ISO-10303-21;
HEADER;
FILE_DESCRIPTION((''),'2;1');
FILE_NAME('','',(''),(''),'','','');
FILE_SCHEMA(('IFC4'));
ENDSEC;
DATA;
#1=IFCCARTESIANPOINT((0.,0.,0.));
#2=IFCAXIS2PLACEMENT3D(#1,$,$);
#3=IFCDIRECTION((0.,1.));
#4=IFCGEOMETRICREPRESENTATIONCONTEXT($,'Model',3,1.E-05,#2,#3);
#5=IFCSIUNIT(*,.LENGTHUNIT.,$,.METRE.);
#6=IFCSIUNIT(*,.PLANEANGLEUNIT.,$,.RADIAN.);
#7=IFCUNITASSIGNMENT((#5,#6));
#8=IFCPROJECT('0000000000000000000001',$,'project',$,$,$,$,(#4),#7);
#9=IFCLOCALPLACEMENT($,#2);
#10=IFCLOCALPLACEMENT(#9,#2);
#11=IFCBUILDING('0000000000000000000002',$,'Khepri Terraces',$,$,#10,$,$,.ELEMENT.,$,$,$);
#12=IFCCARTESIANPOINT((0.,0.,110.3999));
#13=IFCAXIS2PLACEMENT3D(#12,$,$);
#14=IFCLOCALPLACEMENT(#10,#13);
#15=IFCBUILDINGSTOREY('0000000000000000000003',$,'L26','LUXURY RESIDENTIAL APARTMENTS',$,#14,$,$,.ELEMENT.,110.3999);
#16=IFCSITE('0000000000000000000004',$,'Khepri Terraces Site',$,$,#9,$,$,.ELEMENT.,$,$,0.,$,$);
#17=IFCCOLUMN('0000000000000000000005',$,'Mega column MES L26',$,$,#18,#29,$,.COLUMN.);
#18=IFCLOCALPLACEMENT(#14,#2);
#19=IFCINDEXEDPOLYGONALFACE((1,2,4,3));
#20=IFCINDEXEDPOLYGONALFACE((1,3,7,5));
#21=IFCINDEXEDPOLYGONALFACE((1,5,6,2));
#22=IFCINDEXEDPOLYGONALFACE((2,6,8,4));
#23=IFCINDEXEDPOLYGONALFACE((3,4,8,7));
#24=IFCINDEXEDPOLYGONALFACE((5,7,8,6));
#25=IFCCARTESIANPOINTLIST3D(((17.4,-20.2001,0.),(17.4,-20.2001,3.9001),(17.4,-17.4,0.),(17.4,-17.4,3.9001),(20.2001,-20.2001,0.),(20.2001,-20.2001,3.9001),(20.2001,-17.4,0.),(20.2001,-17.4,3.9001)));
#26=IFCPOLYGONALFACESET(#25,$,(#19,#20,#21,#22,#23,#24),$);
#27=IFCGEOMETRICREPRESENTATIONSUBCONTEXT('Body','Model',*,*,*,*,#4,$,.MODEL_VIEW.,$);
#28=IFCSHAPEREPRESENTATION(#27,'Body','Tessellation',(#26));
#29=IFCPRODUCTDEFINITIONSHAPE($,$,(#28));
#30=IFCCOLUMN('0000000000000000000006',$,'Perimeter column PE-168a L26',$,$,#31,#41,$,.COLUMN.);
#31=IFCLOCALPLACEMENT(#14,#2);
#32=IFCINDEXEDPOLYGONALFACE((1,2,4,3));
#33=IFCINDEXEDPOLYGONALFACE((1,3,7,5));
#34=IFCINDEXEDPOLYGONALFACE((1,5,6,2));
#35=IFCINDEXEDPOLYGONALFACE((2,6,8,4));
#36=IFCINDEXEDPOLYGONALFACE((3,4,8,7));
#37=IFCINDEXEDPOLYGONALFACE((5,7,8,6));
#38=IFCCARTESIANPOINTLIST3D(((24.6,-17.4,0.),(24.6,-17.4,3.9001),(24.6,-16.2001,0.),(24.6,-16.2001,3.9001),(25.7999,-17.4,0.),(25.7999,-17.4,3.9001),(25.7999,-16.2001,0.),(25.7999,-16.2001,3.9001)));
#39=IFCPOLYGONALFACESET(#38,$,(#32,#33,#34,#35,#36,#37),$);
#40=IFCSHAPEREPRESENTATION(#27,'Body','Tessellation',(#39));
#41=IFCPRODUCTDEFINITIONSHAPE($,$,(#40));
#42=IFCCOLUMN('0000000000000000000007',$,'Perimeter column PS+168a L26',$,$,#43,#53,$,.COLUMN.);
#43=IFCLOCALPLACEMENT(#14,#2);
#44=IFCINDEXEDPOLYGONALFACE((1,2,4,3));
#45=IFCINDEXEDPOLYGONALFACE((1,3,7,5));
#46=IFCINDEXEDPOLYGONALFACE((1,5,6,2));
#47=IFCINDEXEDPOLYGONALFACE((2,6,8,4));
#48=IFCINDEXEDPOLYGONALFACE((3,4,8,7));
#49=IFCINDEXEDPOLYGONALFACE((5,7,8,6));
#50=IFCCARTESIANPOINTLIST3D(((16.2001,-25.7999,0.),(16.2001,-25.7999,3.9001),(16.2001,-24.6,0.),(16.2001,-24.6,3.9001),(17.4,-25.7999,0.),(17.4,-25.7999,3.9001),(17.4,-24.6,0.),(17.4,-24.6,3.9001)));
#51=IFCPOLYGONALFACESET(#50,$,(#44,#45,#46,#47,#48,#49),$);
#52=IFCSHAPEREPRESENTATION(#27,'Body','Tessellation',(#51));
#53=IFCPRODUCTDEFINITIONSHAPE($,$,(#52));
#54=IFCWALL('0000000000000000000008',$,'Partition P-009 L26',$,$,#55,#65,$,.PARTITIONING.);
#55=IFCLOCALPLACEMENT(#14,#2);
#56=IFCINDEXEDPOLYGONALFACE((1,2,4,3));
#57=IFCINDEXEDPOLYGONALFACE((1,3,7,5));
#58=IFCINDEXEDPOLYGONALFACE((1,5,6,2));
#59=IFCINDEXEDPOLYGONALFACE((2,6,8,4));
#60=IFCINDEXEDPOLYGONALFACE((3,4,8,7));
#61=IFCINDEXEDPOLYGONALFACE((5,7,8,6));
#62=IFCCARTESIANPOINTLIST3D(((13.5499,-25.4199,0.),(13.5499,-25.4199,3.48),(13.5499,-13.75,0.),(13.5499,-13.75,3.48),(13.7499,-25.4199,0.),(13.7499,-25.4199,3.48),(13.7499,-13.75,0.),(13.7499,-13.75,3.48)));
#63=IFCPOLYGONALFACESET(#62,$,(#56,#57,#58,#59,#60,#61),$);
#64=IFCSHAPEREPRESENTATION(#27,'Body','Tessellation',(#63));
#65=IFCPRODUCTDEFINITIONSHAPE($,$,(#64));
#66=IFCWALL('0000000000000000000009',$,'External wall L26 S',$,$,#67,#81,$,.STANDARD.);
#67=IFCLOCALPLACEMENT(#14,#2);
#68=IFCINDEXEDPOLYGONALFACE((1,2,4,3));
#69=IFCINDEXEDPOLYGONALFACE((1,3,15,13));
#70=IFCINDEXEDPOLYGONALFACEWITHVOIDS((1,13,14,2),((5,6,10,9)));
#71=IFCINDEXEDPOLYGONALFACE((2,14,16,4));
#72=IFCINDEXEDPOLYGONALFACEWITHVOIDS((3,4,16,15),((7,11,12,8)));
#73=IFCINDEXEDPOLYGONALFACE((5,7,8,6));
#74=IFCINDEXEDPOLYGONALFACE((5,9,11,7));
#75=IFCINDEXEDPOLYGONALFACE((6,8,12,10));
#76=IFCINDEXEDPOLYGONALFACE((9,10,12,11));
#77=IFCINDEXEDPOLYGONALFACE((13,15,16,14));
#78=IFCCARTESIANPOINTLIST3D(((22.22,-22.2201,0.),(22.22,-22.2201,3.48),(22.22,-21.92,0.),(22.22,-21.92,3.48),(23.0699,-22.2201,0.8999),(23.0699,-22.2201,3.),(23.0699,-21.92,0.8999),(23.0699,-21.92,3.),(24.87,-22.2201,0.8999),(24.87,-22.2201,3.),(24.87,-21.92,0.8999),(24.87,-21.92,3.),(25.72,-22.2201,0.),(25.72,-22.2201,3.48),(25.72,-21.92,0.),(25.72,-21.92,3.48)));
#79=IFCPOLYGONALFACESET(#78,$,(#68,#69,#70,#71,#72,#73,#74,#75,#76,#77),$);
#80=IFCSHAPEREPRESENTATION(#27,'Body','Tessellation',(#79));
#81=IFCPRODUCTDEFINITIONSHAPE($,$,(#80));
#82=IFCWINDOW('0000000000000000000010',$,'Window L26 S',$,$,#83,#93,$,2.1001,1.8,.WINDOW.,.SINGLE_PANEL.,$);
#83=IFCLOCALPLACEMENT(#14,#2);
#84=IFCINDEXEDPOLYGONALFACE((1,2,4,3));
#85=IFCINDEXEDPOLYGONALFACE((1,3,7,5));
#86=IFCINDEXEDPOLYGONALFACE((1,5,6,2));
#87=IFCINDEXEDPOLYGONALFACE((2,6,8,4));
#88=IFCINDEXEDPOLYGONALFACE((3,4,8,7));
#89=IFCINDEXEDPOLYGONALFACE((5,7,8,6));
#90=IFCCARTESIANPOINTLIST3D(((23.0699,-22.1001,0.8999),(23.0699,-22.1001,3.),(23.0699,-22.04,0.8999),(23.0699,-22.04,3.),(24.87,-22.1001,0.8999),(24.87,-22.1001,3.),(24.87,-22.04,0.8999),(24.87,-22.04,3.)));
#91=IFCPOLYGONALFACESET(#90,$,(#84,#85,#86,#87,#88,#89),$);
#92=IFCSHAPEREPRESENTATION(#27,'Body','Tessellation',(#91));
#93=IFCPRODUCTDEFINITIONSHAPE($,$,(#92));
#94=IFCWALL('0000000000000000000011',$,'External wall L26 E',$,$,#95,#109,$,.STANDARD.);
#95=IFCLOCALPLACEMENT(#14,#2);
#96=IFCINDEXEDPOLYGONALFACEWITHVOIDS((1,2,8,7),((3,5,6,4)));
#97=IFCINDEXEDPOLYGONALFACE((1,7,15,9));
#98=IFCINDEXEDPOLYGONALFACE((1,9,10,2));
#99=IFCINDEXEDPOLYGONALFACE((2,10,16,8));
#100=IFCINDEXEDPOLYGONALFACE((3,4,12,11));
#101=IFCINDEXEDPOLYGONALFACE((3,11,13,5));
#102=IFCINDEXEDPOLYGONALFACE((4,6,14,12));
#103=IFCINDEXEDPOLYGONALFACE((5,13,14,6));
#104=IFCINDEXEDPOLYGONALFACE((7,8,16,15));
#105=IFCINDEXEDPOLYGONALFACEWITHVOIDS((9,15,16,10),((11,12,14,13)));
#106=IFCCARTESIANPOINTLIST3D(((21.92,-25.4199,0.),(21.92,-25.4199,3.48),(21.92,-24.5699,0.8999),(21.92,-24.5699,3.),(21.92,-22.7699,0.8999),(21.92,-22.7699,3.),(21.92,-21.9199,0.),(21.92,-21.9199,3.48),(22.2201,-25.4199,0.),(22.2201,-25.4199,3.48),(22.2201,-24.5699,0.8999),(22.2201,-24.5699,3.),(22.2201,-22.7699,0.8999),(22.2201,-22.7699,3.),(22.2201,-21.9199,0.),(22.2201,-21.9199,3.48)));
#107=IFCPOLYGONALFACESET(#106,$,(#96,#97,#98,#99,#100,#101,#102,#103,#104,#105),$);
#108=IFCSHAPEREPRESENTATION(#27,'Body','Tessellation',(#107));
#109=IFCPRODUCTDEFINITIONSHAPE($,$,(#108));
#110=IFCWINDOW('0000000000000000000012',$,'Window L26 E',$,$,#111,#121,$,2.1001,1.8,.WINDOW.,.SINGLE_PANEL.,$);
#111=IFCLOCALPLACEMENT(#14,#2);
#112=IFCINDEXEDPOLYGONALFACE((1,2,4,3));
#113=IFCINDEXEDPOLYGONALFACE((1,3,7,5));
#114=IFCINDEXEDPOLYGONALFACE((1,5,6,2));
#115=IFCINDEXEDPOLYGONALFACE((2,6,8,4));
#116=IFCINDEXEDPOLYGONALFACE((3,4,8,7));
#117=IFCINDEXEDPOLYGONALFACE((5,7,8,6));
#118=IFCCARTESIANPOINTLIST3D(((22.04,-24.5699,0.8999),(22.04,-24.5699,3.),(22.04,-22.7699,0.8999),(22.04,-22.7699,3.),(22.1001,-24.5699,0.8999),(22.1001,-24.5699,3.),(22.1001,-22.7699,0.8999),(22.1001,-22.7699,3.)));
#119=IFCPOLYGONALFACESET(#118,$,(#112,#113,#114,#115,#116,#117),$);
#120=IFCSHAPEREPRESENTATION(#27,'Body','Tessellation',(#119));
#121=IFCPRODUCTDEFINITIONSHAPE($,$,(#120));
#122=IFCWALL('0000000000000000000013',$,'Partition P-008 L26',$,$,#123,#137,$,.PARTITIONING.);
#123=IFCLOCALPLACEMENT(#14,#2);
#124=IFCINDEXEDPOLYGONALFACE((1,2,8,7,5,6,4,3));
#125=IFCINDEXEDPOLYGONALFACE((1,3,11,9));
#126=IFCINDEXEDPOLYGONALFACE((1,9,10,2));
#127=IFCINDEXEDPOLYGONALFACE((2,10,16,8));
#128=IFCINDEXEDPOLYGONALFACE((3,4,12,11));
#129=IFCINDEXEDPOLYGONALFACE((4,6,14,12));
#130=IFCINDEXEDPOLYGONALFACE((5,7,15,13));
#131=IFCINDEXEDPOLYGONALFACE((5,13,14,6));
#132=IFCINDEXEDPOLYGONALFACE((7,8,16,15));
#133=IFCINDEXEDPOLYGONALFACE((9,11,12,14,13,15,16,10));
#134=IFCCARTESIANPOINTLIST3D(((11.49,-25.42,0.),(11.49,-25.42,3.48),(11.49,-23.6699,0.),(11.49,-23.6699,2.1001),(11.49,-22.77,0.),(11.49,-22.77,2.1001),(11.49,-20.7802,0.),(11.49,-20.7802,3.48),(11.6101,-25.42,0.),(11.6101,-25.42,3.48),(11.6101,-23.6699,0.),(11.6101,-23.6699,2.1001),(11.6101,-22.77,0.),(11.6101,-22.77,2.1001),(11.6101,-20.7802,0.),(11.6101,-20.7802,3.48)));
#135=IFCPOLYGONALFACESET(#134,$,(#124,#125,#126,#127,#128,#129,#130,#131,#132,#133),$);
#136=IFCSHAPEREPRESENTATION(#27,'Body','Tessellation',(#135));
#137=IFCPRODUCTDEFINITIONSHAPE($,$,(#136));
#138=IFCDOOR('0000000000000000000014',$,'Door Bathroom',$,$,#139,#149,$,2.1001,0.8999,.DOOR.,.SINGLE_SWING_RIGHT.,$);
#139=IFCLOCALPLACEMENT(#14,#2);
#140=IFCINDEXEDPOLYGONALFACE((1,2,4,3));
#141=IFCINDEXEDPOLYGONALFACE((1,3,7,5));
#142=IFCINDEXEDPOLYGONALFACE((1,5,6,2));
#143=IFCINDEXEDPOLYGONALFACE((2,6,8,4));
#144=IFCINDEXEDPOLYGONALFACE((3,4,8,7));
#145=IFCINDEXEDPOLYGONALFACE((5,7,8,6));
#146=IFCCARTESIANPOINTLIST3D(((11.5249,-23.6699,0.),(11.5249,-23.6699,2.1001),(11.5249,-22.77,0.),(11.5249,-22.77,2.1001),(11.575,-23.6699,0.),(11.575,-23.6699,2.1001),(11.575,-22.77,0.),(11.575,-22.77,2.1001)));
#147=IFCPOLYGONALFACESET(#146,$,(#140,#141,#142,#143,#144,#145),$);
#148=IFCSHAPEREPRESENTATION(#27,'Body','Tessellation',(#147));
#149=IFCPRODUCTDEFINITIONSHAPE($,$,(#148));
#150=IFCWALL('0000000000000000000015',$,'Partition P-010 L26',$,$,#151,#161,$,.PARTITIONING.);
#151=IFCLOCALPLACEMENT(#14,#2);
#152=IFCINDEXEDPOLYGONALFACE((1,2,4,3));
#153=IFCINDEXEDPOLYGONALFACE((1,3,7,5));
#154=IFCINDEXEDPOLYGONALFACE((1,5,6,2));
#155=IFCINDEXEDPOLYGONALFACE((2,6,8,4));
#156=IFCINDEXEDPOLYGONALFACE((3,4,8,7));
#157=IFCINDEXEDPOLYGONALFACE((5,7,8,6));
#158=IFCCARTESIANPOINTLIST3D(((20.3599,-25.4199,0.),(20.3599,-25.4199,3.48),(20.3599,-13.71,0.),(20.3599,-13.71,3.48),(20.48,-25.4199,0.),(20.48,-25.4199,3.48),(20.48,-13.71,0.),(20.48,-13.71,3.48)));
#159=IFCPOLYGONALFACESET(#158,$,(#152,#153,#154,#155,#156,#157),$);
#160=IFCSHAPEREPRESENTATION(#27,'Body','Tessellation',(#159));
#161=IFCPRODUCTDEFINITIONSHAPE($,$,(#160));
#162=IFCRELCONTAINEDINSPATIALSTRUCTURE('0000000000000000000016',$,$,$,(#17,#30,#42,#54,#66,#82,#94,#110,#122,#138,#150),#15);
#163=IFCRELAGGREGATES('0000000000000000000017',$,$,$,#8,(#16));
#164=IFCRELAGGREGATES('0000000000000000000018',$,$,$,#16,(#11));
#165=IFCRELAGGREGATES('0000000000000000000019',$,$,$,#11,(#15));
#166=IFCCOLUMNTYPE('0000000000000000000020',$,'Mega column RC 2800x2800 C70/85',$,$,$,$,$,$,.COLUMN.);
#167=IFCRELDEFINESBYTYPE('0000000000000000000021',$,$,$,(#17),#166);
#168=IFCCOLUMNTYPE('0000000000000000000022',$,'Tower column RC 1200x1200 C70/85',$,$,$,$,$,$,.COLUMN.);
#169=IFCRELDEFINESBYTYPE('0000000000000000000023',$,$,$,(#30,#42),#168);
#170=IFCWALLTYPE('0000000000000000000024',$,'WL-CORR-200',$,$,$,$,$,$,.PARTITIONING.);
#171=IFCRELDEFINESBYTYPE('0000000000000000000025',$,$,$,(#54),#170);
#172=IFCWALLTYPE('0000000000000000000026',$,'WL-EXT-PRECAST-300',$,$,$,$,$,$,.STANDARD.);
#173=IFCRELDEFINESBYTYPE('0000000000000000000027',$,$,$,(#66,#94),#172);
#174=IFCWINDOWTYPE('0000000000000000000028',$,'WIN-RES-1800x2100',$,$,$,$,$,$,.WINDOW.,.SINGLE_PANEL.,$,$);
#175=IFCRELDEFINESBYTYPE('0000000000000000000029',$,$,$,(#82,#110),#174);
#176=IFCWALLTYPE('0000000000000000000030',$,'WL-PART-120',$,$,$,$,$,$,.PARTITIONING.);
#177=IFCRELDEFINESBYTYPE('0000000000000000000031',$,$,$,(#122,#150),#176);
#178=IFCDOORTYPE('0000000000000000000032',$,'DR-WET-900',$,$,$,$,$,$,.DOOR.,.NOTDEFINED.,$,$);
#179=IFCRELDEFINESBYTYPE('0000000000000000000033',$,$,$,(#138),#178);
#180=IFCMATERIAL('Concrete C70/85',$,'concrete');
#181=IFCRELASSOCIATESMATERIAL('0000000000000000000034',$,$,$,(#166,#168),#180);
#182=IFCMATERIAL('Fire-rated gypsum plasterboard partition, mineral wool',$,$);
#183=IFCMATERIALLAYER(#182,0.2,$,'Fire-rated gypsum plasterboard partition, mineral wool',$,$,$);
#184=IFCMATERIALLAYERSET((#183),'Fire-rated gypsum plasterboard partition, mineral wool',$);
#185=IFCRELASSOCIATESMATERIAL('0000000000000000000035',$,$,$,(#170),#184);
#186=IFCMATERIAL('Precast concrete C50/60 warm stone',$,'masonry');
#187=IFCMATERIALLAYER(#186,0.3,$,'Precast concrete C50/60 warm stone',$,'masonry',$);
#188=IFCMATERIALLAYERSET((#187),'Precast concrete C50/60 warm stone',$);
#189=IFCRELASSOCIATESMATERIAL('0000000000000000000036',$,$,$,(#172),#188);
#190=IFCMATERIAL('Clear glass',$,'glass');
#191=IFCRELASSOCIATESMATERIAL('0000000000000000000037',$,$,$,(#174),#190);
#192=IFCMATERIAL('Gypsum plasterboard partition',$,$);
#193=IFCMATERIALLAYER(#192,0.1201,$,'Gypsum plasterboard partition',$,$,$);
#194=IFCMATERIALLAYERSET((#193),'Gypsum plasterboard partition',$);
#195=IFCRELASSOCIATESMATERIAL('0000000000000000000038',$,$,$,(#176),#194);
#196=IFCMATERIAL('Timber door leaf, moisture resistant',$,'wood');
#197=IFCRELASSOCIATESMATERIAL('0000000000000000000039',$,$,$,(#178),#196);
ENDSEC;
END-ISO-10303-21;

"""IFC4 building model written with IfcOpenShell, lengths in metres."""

from ifc_helpers import new_model, si_unit, direction, frame, frame_2d, origin, origin_2d, place, context, subcontext, project, spatial, rectangle, extrude, material, layer, layer_set, material_profile, profile_set, type_object, element, fill, save


model = new_model("IFC4")

# Units and contexts
model_context = context("Model", 3, precision=1e-05, world=origin(), true_north=direction((0.0, 1.0)))
body_context = subcontext(model_context, "Body", "Model", "MODEL_VIEW")
ifc_project = project(units=[si_unit("LENGTHUNIT", "METRE"), si_unit("PLANEANGLEUNIT", "RADIAN")], contexts=[model_context])

# Site, building, storey
site_placement = place(None, origin())
site = spatial("IfcSite", under=ifc_project, at=site_placement, Name="Khepri Terraces Site", CompositionType="ELEMENT", RefElevation=0.0)
building_placement = place(site_placement, origin())
building = spatial("IfcBuilding", under=site, at=building_placement, Name="Khepri Terraces", CompositionType="ELEMENT")
storey_placement = place(building_placement, frame((0.0, 0.0, 110.3999)))
storey = spatial("IfcBuildingStorey", under=building, at=storey_placement, Name="L26", Description="LUXURY RESIDENTIAL APARTMENTS", CompositionType="ELEMENT", Elevation=110.3999)

# Columns
ifc_material_1 = material(Name="Concrete C70/85", Category="concrete")
ifc_material_profile_1 = material_profile(ifc_material_1, rectangle(XDim=2.8, YDim=2.8, at=origin_2d()), Name="Concrete C70/85", Category="concrete")
ifc_profile_set_1 = profile_set([ifc_material_profile_1], Name="Concrete C70/85")
column_type_1 = type_object("IfcColumnType", Name="Mega column RC 2800x2800 C70/85", PredefinedType="COLUMN", material=ifc_profile_set_1)
column_placement = place(storey_placement, frame((18.8, -18.8, 0.0), z_axis=(0.0, 0.0, 1.0), x_axis=(1.0, 0.0, 0.0)))
element("IfcColumn", 1, at=column_placement, inside=storey, type_object=column_type_1, Name="Mega column MES L26", PredefinedType="COLUMN", context=body_context, shape_type="SweptSolid", body=[
    extrude(rectangle(XDim=2.8, YDim=2.8, at=origin_2d()), origin(), (0.0, 0.0, 1.0), 3.9001),
])
ifc_material_profile_2 = material_profile(ifc_material_1, rectangle(XDim=1.2, YDim=1.2, at=origin_2d()), Name="Concrete C70/85", Category="concrete")
ifc_profile_set_2 = profile_set([ifc_material_profile_2], Name="Concrete C70/85")
column_type_2 = type_object("IfcColumnType", Name="Tower column RC 1200x1200 C70/85", PredefinedType="COLUMN", material=ifc_profile_set_2)
for number, where, z_axis, x_axis, name in (
    (2, (25.2, -16.8, 0.0), (0.0, 0.0, 1.0), (1.0, 0.0, 0.0), "Perimeter column PE-168a L26"),
    (3, (16.8, -25.2, 0.0), (0.0, 0.0, 1.0), (1.0, 0.0, 0.0), "Perimeter column PS+168a L26"),
):
    element("IfcColumn", number, at=place(storey_placement, frame(where, z_axis=z_axis, x_axis=x_axis)), inside=storey, type_object=column_type_2, Name=name, PredefinedType="COLUMN", context=body_context, shape_type="SweptSolid", body=[
        extrude(rectangle(XDim=1.2, YDim=1.2, at=origin_2d()), origin(), (0.0, 0.0, 1.0), 3.9001),
    ])

# Wall
ifc_material_2 = material(Name="Fire-rated gypsum plasterboard partition, mineral wool")
ifc_layer_1 = layer(ifc_material_2, 0.2, Name="Fire-rated gypsum plasterboard partition, mineral wool")
ifc_layer_set_1 = layer_set([ifc_layer_1], Name="Fire-rated gypsum plasterboard partition, mineral wool")
wall_type_1 = type_object("IfcWallType", Name="WL-CORR-200", PredefinedType="PARTITIONING", material=ifc_layer_set_1)
wall_1_placement = place(storey_placement, frame((13.6499, -25.4199, 0.0), z_axis=(0.0, 0.0, 1.0), x_axis=(0.0, 1.0, 0.0)))
element("IfcWall", 4, at=wall_1_placement, inside=storey, type_object=wall_type_1, Name="Partition P-009 L26", PredefinedType="PARTITIONING", context=body_context, shape_type="SweptSolid", body=[
    extrude(rectangle(XDim=11.6699, YDim=0.2, at=frame_2d((5.835, 0.0))), origin(), (0.0, 0.0, 1.0), 3.48),
])

# Wall, opening, window
ifc_material_3 = material(Name="Precast concrete C50/60 warm stone", Category="masonry")
ifc_layer_2 = layer(ifc_material_3, 0.3, Name="Precast concrete C50/60 warm stone", Category="masonry")
ifc_layer_set_2 = layer_set([ifc_layer_2], Name="Precast concrete C50/60 warm stone")
wall_type_2 = type_object("IfcWallType", Name="WL-EXT-PRECAST-300", PredefinedType="STANDARD", material=ifc_layer_set_2)
wall_2_placement = place(storey_placement, frame((22.22, -22.0701, 0.0), z_axis=(0.0, 0.0, 1.0), x_axis=(1.0, 0.0, 0.0)))
wall_2 = element("IfcWall", 5, at=wall_2_placement, inside=storey, type_object=wall_type_2, Name="External wall L26 S", PredefinedType="STANDARD", context=body_context, shape_type="SweptSolid", body=[
    extrude(rectangle(XDim=3.5, YDim=0.3, at=frame_2d((1.75, 0.0))), origin(), (0.0, 0.0, 1.0), 3.48),
])
opening_1_placement = place(wall_2_placement, frame((0.8501, 0.0, 0.8999)))
opening_1 = element("IfcOpeningElement", 6, at=opening_1_placement, cuts=wall_2, PredefinedType="OPENING", context=body_context, shape_type="SweptSolid", body=[
    extrude(rectangle(XDim=1.8, YDim=2.1001, at=frame_2d((0.8999, 1.05))), frame((0.0, 0.1602, 0.0), z_axis=(0.0, -1.0, 0.0), x_axis=(1.0, 0.0, 0.0)), (0.0, 0.0, 1.0), 0.3201),
])
ifc_material_4 = material(Name="Clear glass", Category="glass")
window_type = type_object("IfcWindowType", Name="WIN-RES-1800x2100", PartitioningType="SINGLE_PANEL", PredefinedType="WINDOW", material=ifc_material_4)
window_1_placement = place(opening_1_placement, origin())
window_1 = element("IfcWindow", 7, at=window_1_placement, inside=storey, type_object=window_type, Name="Window L26 S", OverallHeight=2.1001, OverallWidth=1.8, PartitioningType="SINGLE_PANEL", PredefinedType="WINDOW", context=body_context, shape_type="SweptSolid", body=[
    extrude(rectangle(XDim=1.8, YDim=2.1001, at=frame_2d((0.8999, 1.05))), frame((0.0, 0.03, 0.0), z_axis=(0.0, -1.0, 0.0), x_axis=(1.0, 0.0, 0.0)), (0.0, 0.0, 1.0), 0.0601),
])
fill(opening_1, window_1)

# Wall, opening, window
wall_3_placement = place(storey_placement, frame((22.0701, -25.4199, 0.0), z_axis=(0.0, 0.0, 1.0), x_axis=(0.0, 1.0, 0.0)))
wall_3 = element("IfcWall", 8, at=wall_3_placement, inside=storey, type_object=wall_type_2, Name="External wall L26 E", PredefinedType="STANDARD", context=body_context, shape_type="SweptSolid", body=[
    extrude(rectangle(XDim=3.5, YDim=0.3, at=frame_2d((1.75, 0.0))), origin(), (0.0, 0.0, 1.0), 3.48),
])
opening_2_placement = place(wall_3_placement, frame((0.8501, 0.0, 0.8999)))
opening_2 = element("IfcOpeningElement", 9, at=opening_2_placement, cuts=wall_3, PredefinedType="OPENING", context=body_context, shape_type="SweptSolid", body=[
    extrude(rectangle(XDim=1.8, YDim=2.1001, at=frame_2d((0.8999, 1.05))), frame((0.0, 0.1602, 0.0), z_axis=(0.0, -1.0, 0.0), x_axis=(1.0, 0.0, 0.0)), (0.0, 0.0, 1.0), 0.3201),
])
window_2_placement = place(opening_2_placement, origin())
window_2 = element("IfcWindow", 10, at=window_2_placement, inside=storey, type_object=window_type, Name="Window L26 E", OverallHeight=2.1001, OverallWidth=1.8, PartitioningType="SINGLE_PANEL", PredefinedType="WINDOW", context=body_context, shape_type="SweptSolid", body=[
    extrude(rectangle(XDim=1.8, YDim=2.1001, at=frame_2d((0.8999, 1.05))), frame((0.0, 0.03, 0.0), z_axis=(0.0, -1.0, 0.0), x_axis=(1.0, 0.0, 0.0)), (0.0, 0.0, 1.0), 0.0601),
])
fill(opening_2, window_2)

# Wall, opening, door
ifc_material_5 = material(Name="Gypsum plasterboard partition")
ifc_layer_3 = layer(ifc_material_5, 0.1201, Name="Gypsum plasterboard partition")
ifc_layer_set_3 = layer_set([ifc_layer_3], Name="Gypsum plasterboard partition")
wall_type_3 = type_object("IfcWallType", Name="WL-PART-120", PredefinedType="PARTITIONING", material=ifc_layer_set_3)
wall_4_placement = place(storey_placement, frame((11.55, -25.4199, 0.0), z_axis=(0.0, 0.0, 1.0), x_axis=(0.0, 1.0, 0.0)))
wall_4 = element("IfcWall", 11, at=wall_4_placement, inside=storey, type_object=wall_type_3, Name="Partition P-008 L26", PredefinedType="PARTITIONING", context=body_context, shape_type="SweptSolid", body=[
    extrude(rectangle(XDim=4.6399, YDim=0.1201, at=frame_2d((2.3198, 0.0))), origin(), (0.0, 0.0, 1.0), 3.48),
])
opening_3_placement = place(wall_4_placement, frame((1.75, 0.0, 0.0)))
opening_3 = element("IfcOpeningElement", 12, at=opening_3_placement, cuts=wall_4, PredefinedType="OPENING", context=body_context, shape_type="SweptSolid", body=[
    extrude(rectangle(XDim=0.8999, YDim=2.1001, at=frame_2d((0.45, 1.05))), frame((0.0, 0.0701, 0.0), z_axis=(0.0, -1.0, 0.0), x_axis=(1.0, 0.0, 0.0)), (0.0, 0.0, 1.0), 0.1401),
])
ifc_material_6 = material(Name="Timber door leaf, moisture resistant", Category="wood")
door_type_1 = type_object("IfcDoorType", Name="DR-WET-900", OperationType="NOTDEFINED", PredefinedType="DOOR", material=ifc_material_6)
door_1_placement = place(opening_3_placement, frame((0.8999, 0.0, 0.0), z_axis=(0.0, 0.0, 1.0), x_axis=(-1.0, 0.0, 0.0)))
door_1 = element("IfcDoor", 13, at=door_1_placement, inside=storey, type_object=door_type_1, Name="Door Bathroom", OperationType="SINGLE_SWING_RIGHT", OverallHeight=2.1001, OverallWidth=0.8999, PredefinedType="DOOR", context=body_context, shape_type="SweptSolid", body=[
    extrude(rectangle(XDim=0.8999, YDim=2.1001, at=frame_2d((0.45, 1.05))), frame((0.0, 0.0249, 0.0), z_axis=(0.0, -1.0, 0.0), x_axis=(1.0, 0.0, 0.0)), (0.0, 0.0, 1.0), 0.05),
])
fill(opening_3, door_1)

# Wall
wall_5_placement = place(storey_placement, frame((20.4199, -25.4199, 0.0), z_axis=(0.0, 0.0, 1.0), x_axis=(0.0, 1.0, 0.0)))
element("IfcWall", 14, at=wall_5_placement, inside=storey, type_object=wall_type_3, Name="Partition P-010 L26", PredefinedType="PARTITIONING", context=body_context, shape_type="SweptSolid", body=[
    extrude(rectangle(XDim=11.71, YDim=0.1201, at=frame_2d((5.855, 0.0))), origin(), (0.0, 0.0, 1.0), 3.48),
])

save(model, "model.ifc")
